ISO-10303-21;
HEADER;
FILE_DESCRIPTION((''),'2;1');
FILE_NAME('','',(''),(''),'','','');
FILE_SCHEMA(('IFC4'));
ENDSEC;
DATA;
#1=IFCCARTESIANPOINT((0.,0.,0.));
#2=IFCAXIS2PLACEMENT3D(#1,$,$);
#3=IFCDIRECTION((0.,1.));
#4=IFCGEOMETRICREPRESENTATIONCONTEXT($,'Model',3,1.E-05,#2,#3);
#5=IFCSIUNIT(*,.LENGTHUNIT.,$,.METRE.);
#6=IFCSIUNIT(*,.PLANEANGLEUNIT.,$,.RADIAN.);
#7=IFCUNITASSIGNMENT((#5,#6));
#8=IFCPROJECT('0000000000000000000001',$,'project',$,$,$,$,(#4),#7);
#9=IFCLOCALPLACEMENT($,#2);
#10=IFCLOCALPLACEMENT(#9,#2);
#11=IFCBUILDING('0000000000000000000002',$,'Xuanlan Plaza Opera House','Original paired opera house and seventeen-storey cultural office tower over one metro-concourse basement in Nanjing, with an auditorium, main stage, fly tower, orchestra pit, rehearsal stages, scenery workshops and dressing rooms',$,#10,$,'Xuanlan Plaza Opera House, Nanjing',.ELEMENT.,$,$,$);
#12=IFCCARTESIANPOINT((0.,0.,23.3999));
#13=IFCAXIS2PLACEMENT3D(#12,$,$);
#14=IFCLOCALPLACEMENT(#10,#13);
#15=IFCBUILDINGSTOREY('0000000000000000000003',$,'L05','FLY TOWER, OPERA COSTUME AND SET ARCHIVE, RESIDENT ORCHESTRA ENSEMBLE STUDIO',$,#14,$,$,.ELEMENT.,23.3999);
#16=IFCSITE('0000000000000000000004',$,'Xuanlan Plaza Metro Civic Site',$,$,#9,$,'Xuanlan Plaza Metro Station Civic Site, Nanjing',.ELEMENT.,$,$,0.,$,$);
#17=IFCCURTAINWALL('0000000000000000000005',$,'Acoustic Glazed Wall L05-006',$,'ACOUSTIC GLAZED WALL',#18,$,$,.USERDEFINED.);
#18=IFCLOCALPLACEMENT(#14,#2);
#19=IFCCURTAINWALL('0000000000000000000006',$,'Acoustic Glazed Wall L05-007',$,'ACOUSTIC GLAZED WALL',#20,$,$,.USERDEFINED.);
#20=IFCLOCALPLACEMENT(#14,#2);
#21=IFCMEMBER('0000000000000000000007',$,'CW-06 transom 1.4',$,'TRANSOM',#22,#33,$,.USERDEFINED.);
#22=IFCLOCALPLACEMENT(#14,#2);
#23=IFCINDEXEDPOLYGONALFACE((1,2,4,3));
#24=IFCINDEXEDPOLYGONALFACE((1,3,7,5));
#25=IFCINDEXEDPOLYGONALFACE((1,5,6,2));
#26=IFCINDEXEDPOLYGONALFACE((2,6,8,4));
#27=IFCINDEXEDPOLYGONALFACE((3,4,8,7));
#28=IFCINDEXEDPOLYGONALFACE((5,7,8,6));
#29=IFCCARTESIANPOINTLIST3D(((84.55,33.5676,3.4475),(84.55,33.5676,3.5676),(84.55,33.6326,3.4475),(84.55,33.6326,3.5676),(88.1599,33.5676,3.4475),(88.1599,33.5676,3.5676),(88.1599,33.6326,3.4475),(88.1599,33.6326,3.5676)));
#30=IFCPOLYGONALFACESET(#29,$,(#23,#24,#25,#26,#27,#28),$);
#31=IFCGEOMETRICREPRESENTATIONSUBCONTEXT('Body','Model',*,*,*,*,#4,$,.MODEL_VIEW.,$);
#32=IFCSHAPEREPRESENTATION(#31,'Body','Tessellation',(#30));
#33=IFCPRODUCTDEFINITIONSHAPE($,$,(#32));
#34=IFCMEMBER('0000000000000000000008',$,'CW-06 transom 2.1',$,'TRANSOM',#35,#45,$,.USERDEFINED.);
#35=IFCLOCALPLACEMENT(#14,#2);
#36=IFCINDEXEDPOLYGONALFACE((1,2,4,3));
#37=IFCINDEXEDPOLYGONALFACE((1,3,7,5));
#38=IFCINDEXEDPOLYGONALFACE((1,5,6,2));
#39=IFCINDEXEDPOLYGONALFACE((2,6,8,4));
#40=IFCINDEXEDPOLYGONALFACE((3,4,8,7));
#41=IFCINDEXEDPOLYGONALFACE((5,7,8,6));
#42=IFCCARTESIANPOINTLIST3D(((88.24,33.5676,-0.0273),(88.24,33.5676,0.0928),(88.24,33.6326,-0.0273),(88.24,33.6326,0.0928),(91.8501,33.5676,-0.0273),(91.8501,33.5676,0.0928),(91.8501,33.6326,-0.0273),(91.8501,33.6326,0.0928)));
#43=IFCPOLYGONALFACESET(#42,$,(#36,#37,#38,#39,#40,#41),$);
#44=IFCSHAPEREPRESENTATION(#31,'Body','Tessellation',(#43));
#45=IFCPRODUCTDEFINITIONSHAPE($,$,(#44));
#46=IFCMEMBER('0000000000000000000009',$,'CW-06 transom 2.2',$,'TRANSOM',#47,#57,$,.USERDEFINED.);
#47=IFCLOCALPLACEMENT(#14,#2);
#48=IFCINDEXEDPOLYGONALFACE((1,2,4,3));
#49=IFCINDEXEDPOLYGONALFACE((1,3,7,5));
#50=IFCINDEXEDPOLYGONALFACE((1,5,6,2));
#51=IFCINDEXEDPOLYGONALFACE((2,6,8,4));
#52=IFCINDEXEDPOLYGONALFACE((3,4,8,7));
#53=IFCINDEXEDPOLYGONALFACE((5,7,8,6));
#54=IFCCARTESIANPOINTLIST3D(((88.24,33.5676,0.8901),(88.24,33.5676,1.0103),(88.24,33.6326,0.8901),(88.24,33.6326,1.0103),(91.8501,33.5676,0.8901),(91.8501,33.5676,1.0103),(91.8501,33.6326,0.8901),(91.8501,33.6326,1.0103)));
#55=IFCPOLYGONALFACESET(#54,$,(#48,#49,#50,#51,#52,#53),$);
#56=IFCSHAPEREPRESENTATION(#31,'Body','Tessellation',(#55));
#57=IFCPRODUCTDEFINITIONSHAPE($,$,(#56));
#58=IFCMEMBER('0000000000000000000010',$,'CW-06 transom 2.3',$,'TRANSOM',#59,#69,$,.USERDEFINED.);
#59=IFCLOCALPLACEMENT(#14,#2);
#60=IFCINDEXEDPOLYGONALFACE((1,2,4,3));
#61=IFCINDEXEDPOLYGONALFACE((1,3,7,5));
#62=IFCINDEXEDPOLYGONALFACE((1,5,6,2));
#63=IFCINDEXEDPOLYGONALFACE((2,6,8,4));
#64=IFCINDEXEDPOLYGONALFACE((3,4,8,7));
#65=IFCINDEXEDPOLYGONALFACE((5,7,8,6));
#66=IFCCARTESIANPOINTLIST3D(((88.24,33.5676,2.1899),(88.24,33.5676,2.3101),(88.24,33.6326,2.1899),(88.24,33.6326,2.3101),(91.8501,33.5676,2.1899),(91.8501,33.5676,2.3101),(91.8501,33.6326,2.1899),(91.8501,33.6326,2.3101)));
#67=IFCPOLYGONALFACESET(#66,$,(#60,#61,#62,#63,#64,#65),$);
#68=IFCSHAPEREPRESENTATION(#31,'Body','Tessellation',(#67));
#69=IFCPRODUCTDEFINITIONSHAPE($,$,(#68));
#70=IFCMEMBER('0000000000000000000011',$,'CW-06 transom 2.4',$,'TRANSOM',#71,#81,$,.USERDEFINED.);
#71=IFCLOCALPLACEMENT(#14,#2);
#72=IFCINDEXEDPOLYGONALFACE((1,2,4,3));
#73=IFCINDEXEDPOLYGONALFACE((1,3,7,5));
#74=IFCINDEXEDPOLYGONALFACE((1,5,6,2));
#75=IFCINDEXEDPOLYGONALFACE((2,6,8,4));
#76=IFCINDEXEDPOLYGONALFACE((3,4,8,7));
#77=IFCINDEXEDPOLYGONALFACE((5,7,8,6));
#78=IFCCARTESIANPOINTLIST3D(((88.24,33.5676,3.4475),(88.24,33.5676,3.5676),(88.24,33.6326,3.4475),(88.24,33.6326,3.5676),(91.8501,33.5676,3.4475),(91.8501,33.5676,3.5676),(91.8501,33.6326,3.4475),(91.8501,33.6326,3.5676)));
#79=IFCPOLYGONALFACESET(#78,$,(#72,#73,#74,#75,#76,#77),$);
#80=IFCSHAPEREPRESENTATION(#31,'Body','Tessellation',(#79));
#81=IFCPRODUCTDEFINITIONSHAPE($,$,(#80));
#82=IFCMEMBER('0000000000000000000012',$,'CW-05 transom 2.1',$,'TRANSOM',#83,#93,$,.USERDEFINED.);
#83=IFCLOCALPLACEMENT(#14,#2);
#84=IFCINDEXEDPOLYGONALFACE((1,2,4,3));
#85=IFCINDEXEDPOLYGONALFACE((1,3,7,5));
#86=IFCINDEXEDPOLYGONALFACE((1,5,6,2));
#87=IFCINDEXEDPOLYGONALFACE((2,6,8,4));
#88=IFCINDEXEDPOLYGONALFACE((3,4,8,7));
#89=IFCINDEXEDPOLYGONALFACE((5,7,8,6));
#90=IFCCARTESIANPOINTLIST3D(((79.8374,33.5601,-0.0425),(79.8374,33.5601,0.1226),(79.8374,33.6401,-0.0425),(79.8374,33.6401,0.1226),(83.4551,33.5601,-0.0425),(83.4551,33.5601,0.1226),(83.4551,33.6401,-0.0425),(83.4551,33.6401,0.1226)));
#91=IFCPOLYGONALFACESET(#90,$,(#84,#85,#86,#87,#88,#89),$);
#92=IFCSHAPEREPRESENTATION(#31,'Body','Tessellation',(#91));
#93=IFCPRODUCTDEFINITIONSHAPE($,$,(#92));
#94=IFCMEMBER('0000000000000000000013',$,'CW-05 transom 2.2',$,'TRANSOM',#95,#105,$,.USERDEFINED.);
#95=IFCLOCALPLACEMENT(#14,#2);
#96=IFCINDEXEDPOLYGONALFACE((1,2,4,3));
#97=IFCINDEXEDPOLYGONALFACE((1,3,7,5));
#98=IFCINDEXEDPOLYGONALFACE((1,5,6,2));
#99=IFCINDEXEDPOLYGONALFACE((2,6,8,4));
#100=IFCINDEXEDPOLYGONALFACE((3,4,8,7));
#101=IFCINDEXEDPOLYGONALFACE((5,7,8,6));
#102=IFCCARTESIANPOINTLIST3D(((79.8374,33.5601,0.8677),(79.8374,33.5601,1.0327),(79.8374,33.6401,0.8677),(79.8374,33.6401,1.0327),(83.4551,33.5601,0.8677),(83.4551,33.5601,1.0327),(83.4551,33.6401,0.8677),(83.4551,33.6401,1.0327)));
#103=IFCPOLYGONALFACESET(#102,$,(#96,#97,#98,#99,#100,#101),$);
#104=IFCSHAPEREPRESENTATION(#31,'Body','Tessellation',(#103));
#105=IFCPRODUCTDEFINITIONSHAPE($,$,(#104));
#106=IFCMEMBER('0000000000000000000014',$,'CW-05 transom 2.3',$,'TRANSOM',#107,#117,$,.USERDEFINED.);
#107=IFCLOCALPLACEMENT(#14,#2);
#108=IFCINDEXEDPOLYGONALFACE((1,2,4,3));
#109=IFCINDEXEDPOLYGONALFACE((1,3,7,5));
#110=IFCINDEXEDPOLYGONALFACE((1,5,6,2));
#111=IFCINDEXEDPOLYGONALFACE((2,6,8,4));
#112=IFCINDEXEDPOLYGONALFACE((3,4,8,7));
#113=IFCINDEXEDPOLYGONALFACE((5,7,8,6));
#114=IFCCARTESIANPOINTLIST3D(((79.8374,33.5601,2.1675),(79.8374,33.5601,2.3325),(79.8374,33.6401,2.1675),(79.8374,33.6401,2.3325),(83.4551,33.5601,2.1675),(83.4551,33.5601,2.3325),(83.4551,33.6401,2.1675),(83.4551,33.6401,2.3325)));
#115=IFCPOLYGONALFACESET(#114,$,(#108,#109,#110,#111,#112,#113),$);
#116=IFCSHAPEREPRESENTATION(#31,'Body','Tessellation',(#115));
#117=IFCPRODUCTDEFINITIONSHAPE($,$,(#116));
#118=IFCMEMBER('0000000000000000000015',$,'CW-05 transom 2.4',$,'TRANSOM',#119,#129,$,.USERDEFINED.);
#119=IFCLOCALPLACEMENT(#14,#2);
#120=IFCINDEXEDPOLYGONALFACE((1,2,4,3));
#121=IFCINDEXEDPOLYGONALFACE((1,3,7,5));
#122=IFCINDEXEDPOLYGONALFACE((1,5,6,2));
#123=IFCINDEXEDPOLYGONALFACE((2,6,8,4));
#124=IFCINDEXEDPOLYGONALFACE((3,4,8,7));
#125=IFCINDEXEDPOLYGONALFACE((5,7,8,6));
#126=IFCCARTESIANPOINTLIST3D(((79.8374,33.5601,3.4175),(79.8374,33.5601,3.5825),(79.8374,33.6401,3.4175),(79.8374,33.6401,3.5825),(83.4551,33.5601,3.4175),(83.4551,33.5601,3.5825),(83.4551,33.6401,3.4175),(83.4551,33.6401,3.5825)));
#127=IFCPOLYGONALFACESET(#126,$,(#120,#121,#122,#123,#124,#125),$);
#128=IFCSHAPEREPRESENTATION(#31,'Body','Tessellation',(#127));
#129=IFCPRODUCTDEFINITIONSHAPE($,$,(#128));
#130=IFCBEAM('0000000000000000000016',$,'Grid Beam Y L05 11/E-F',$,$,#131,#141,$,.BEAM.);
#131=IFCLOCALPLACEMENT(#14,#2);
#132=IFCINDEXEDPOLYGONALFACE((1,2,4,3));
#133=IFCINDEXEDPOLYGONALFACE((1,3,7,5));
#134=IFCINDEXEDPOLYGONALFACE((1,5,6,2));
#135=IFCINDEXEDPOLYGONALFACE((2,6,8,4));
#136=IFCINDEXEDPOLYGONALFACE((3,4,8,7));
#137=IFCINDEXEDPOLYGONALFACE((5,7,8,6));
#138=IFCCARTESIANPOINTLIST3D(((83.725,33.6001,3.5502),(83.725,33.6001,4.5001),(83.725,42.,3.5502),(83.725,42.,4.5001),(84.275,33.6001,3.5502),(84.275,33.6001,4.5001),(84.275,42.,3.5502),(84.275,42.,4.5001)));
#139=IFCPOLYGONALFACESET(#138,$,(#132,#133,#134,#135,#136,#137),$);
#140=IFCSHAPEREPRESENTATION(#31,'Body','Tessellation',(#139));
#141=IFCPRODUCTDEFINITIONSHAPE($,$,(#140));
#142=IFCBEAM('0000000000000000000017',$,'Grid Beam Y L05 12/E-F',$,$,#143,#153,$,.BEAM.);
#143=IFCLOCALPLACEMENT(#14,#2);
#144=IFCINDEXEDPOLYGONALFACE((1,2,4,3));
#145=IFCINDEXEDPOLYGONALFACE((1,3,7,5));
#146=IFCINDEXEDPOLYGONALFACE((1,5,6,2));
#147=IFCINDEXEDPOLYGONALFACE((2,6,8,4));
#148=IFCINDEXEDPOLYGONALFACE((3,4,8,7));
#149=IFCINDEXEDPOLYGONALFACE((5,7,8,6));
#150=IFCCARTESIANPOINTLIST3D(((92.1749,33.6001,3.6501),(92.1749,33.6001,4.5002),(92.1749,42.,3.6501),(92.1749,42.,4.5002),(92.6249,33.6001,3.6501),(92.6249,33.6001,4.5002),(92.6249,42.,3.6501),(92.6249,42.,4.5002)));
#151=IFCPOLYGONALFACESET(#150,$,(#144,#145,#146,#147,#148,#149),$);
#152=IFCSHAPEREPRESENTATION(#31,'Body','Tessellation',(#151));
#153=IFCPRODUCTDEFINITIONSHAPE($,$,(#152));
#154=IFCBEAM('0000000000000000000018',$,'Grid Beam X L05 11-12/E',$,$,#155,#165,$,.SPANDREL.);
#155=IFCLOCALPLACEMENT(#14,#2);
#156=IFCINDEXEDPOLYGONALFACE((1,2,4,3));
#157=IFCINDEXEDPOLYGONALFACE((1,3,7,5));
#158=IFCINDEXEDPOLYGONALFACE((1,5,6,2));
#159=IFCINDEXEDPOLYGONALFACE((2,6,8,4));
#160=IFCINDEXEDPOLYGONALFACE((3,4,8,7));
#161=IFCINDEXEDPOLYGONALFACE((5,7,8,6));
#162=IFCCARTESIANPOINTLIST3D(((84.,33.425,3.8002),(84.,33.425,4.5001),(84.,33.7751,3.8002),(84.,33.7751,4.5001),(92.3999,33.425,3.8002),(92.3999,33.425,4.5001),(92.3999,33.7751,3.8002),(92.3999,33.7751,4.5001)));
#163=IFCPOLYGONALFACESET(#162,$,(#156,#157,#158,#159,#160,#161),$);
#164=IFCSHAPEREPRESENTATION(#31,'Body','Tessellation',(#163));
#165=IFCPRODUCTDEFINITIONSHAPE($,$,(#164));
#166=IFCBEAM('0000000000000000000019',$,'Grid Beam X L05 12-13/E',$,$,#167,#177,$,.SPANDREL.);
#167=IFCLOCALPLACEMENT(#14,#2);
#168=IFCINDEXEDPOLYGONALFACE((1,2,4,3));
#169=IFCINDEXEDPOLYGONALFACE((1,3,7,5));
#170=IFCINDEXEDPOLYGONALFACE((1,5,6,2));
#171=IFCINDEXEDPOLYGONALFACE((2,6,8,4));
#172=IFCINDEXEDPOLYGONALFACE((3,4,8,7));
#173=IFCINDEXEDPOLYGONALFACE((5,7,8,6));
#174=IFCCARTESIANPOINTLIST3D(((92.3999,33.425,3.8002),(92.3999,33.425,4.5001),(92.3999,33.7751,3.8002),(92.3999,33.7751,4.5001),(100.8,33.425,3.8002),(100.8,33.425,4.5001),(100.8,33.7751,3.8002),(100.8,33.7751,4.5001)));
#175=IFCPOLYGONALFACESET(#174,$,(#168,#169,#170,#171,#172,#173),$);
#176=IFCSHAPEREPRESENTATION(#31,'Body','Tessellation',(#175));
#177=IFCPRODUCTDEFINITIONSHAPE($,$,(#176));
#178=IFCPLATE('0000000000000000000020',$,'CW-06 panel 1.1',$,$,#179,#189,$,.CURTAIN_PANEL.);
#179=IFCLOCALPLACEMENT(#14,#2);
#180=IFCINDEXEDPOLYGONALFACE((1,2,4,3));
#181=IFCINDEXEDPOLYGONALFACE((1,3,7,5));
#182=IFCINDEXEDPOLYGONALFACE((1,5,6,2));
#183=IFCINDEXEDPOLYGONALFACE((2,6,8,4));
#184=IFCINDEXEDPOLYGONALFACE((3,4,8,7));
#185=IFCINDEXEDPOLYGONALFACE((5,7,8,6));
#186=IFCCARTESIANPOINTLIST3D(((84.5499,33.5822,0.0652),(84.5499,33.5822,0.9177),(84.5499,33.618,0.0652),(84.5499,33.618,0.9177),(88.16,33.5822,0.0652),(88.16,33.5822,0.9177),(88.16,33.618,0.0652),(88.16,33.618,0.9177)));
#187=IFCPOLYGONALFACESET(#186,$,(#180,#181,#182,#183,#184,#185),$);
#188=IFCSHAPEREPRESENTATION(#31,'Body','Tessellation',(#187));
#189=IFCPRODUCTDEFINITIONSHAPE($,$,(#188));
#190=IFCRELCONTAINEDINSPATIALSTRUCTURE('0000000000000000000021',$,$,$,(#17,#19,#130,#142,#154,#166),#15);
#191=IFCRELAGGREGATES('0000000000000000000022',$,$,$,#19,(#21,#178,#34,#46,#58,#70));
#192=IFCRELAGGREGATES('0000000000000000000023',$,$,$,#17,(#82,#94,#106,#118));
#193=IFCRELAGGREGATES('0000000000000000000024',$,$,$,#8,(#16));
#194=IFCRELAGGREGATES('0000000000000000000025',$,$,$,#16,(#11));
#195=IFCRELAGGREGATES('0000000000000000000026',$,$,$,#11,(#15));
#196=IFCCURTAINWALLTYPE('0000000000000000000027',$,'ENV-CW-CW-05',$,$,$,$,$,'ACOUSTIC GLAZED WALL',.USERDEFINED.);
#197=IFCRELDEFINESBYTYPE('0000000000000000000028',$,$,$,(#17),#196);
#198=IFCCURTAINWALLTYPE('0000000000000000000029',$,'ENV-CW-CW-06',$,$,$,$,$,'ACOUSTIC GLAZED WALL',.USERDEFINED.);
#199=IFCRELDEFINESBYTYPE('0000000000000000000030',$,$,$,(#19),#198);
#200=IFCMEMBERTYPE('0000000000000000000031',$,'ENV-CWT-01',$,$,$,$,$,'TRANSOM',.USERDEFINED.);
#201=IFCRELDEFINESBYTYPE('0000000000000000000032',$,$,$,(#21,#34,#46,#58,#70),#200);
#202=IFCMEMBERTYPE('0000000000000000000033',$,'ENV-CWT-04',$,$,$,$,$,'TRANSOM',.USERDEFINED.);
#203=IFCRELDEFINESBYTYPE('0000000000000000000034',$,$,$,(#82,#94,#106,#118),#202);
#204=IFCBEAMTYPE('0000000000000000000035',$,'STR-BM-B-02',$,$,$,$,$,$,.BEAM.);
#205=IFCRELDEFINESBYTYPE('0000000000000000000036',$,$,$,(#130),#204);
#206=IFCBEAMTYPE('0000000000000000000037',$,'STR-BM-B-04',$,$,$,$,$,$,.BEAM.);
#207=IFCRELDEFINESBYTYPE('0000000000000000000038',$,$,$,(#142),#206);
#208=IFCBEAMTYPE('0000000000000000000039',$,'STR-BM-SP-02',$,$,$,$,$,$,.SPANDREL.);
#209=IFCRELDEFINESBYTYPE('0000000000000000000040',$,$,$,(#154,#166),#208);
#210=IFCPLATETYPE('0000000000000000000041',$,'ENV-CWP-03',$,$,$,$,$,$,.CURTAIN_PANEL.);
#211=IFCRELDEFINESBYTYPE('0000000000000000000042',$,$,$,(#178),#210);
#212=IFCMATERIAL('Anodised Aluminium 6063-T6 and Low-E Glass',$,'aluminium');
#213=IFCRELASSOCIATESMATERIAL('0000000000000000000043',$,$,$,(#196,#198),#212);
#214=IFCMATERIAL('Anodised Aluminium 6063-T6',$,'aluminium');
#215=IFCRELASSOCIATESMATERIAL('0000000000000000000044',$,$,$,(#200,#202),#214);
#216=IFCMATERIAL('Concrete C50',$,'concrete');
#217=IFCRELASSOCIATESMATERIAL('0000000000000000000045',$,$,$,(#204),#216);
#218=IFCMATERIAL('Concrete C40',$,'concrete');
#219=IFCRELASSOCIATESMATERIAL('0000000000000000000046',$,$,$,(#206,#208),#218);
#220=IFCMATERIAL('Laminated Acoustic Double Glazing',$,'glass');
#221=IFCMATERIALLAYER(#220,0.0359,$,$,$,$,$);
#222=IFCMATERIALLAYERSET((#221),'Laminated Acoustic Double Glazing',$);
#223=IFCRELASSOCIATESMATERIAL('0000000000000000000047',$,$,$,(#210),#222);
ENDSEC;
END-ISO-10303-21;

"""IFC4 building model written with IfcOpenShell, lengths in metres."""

from ifc_helpers import new_model, si_unit, direction, frame, origin, origin_2d, place, context, subcontext, project, spatial, rectangle, extrude, material, layer, layer_set, material_profile, profile_set, type_object, element, aggregate, save


model = new_model("IFC4")

# Units and contexts
model_context = context("Model", 3, precision=1e-05, world=origin(), true_north=direction((0.0, 1.0)))
body_context = subcontext(model_context, "Body", "Model", "MODEL_VIEW")
ifc_project = project(units=[si_unit("LENGTHUNIT", "METRE"), si_unit("PLANEANGLEUNIT", "RADIAN")], contexts=[model_context])

# Site, building, storey
site_placement = place(None, origin())
site = spatial("IfcSite", under=ifc_project, at=site_placement, Name="Xuanlan Plaza Metro Civic Site", LongName="Xuanlan Plaza Metro Station Civic Site, Nanjing", CompositionType="ELEMENT", RefElevation=0.0)
building_placement = place(site_placement, origin())
building = spatial("IfcBuilding", under=site, at=building_placement, Name="Xuanlan Plaza Opera House", Description="Original paired opera house and seventeen-storey cultural office tower over one metro-concourse basement in Nanjing, with an auditorium, main stage, fly tower, orchestra pit, rehearsal stages, scenery workshops and dressing rooms", LongName="Xuanlan Plaza Opera House, Nanjing", CompositionType="ELEMENT")
storey_placement = place(building_placement, frame((0.0, 0.0, 23.3999)))
storey = spatial("IfcBuildingStorey", under=building, at=storey_placement, Name="L05", Description="FLY TOWER, OPERA COSTUME AND SET ARCHIVE, RESIDENT ORCHESTRA ENSEMBLE STUDIO", CompositionType="ELEMENT", Elevation=23.3999)

# Shared definitions
ifc_material_1 = material(Name="Concrete C50", Category="concrete")
ifc_material_2 = material(Name="Concrete C40", Category="concrete")

# Curtain walls
ifc_material_3 = material(Name="Anodised Aluminium 6063-T6 and Low-E Glass", Category="aluminium")
curtain_wall_type_1 = type_object("IfcCurtainWallType", Name="ENV-CW-CW-05", ElementType="ACOUSTIC GLAZED WALL", PredefinedType="USERDEFINED", material=ifc_material_3)
curtain_wall_1_placement = place(storey_placement, origin())
curtain_wall_1 = element("IfcCurtainWall", 1, at=curtain_wall_1_placement, inside=storey, type_object=curtain_wall_type_1, Name="Acoustic Glazed Wall L05-006", ObjectType="ACOUSTIC GLAZED WALL", PredefinedType="USERDEFINED")
ifc_material_4 = material(Name="Anodised Aluminium 6063-T6", Category="aluminium")
curtain_wall_type_2 = type_object("IfcCurtainWallType", Name="ENV-CW-CW-06", ElementType="ACOUSTIC GLAZED WALL", PredefinedType="USERDEFINED", material=ifc_material_3)
curtain_wall_2_placement = place(storey_placement, origin())
curtain_wall_2 = element("IfcCurtainWall", 2, at=curtain_wall_2_placement, inside=storey, type_object=curtain_wall_type_2, Name="Acoustic Glazed Wall L05-007", ObjectType="ACOUSTIC GLAZED WALL", PredefinedType="USERDEFINED")

# Members
ifc_material_profile_1 = material_profile(ifc_material_4, rectangle(XDim=0.0649, YDim=0.1201, at=origin_2d()), Name="ALU-T 65x120")
ifc_profile_set_1 = profile_set([ifc_material_profile_1], Name="Anodised Aluminium 6063-T6")
member_type_1 = type_object("IfcMemberType", Name="ENV-CWT-01", ElementType="TRANSOM", PredefinedType="USERDEFINED", material=ifc_profile_set_1)
member_1_placement = place(storey_placement, frame((84.55, 33.6001, 3.5076), z_axis=(1.0, 0.0, 0.0), x_axis=(0.0, 1.0, 0.0)))
member_1 = element("IfcMember", 3, at=member_1_placement, type_object=member_type_1, Name="CW-06 transom 1.4", ObjectType="TRANSOM", PredefinedType="USERDEFINED", context=body_context, shape_type="SweptSolid", body=[
    extrude(rectangle(XDim=0.0649, YDim=0.1201, at=origin_2d()), origin(), (0.0, 0.0, 1.0), 3.6099),
])
member_2_placement = place(storey_placement, frame((88.24, 33.6001, 0.0327), z_axis=(1.0, 0.0, 0.0), x_axis=(0.0, 1.0, 0.0)))
member_2 = element("IfcMember", 4, at=member_2_placement, type_object=member_type_1, Name="CW-06 transom 2.1", ObjectType="TRANSOM", PredefinedType="USERDEFINED", context=body_context, shape_type="SweptSolid", body=[
    extrude(rectangle(XDim=0.0649, YDim=0.1201, at=origin_2d()), origin(), (0.0, 0.0, 1.0), 3.6101),
])
member_3_placement = place(storey_placement, frame((88.24, 33.6001, 0.9502), z_axis=(1.0, 0.0, 0.0), x_axis=(0.0, 1.0, 0.0)))
member_3 = element("IfcMember", 5, at=member_3_placement, type_object=member_type_1, Name="CW-06 transom 2.2", ObjectType="TRANSOM", PredefinedType="USERDEFINED", context=body_context, shape_type="SweptSolid", body=[
    extrude(rectangle(XDim=0.0649, YDim=0.1201, at=origin_2d()), origin(), (0.0, 0.0, 1.0), 3.6101),
])
member_4_placement = place(storey_placement, frame((88.24, 33.6001, 2.25), z_axis=(1.0, 0.0, 0.0), x_axis=(0.0, 1.0, 0.0)))
member_4 = element("IfcMember", 6, at=member_4_placement, type_object=member_type_1, Name="CW-06 transom 2.3", ObjectType="TRANSOM", PredefinedType="USERDEFINED", context=body_context, shape_type="SweptSolid", body=[
    extrude(rectangle(XDim=0.0649, YDim=0.1201, at=origin_2d()), origin(), (0.0, 0.0, 1.0), 3.6101),
])
member_5_placement = place(storey_placement, frame((88.24, 33.6001, 3.5076), z_axis=(1.0, 0.0, 0.0), x_axis=(0.0, 1.0, 0.0)))
member_5 = element("IfcMember", 7, at=member_5_placement, type_object=member_type_1, Name="CW-06 transom 2.4", ObjectType="TRANSOM", PredefinedType="USERDEFINED", context=body_context, shape_type="SweptSolid", body=[
    extrude(rectangle(XDim=0.0649, YDim=0.1201, at=origin_2d()), origin(), (0.0, 0.0, 1.0), 3.6101),
])
ifc_material_profile_2 = material_profile(ifc_material_4, rectangle(XDim=0.0801, YDim=0.165, at=origin_2d()), Name="ALU-T 80x165")
ifc_profile_set_2 = profile_set([ifc_material_profile_2], Name="Anodised Aluminium 6063-T6")
member_type_2 = type_object("IfcMemberType", Name="ENV-CWT-04", ElementType="TRANSOM", PredefinedType="USERDEFINED", material=ifc_profile_set_2)
member_6_placement = place(storey_placement, frame((79.8374, 33.6001, 0.04), z_axis=(1.0, 0.0, 0.0), x_axis=(0.0, 1.0, 0.0)))
member_6 = element("IfcMember", 8, at=member_6_placement, type_object=member_type_2, Name="CW-05 transom 2.1", ObjectType="TRANSOM", PredefinedType="USERDEFINED", context=body_context, shape_type="SweptSolid", body=[
    extrude(rectangle(XDim=0.0801, YDim=0.165, at=origin_2d()), origin(), (0.0, 0.0, 1.0), 3.6177),
])
member_7_placement = place(storey_placement, frame((79.8374, 33.6001, 0.9502), z_axis=(1.0, 0.0, 0.0), x_axis=(0.0, 1.0, 0.0)))
member_7 = element("IfcMember", 9, at=member_7_placement, type_object=member_type_2, Name="CW-05 transom 2.2", ObjectType="TRANSOM", PredefinedType="USERDEFINED", context=body_context, shape_type="SweptSolid", body=[
    extrude(rectangle(XDim=0.0801, YDim=0.165, at=origin_2d()), origin(), (0.0, 0.0, 1.0), 3.6177),
])
member_8_placement = place(storey_placement, frame((79.8374, 33.6001, 2.25), z_axis=(1.0, 0.0, 0.0), x_axis=(0.0, 1.0, 0.0)))
member_8 = element("IfcMember", 10, at=member_8_placement, type_object=member_type_2, Name="CW-05 transom 2.3", ObjectType="TRANSOM", PredefinedType="USERDEFINED", context=body_context, shape_type="SweptSolid", body=[
    extrude(rectangle(XDim=0.0801, YDim=0.165, at=origin_2d()), origin(), (0.0, 0.0, 1.0), 3.6177),
])
member_9_placement = place(storey_placement, frame((79.8374, 33.6001, 3.5), z_axis=(1.0, 0.0, 0.0), x_axis=(0.0, 1.0, 0.0)))
member_9 = element("IfcMember", 11, at=member_9_placement, type_object=member_type_2, Name="CW-05 transom 2.4", ObjectType="TRANSOM", PredefinedType="USERDEFINED", context=body_context, shape_type="SweptSolid", body=[
    extrude(rectangle(XDim=0.0801, YDim=0.165, at=origin_2d()), origin(), (0.0, 0.0, 1.0), 3.6177),
])

# Beams
ifc_material_profile_3 = material_profile(ifc_material_1, rectangle(XDim=0.55, YDim=0.95, at=origin_2d()), Name="RC-BM 550x950")
ifc_profile_set_3 = profile_set([ifc_material_profile_3], Name="Concrete C50")
beam_type_1 = type_object("IfcBeamType", Name="STR-BM-B-02", PredefinedType="BEAM", material=ifc_profile_set_3)
beam_1_placement = place(storey_placement, frame((84.0, 33.6001, 4.0251), z_axis=(0.0, 1.0, 0.0), x_axis=(-1.0, 0.0, 0.0)))
element("IfcBeam", 12, at=beam_1_placement, inside=storey, type_object=beam_type_1, Name="Grid Beam Y L05 11/E-F", PredefinedType="BEAM", context=body_context, shape_type="SweptSolid", body=[
    extrude(rectangle(XDim=0.55, YDim=0.95, at=origin_2d()), origin(), (0.0, 0.0, 1.0), 8.3999),
])
ifc_material_profile_4 = material_profile(ifc_material_2, rectangle(XDim=0.45, YDim=0.8501, at=origin_2d()), Name="RC-BM 450x850")
ifc_profile_set_4 = profile_set([ifc_material_profile_4], Name="Concrete C40")
beam_type_2 = type_object("IfcBeamType", Name="STR-BM-B-04", PredefinedType="BEAM", material=ifc_profile_set_4)
beam_2_placement = place(storey_placement, frame((92.3999, 33.6001, 4.0752), z_axis=(0.0, 1.0, 0.0), x_axis=(-1.0, 0.0, 0.0)))
element("IfcBeam", 13, at=beam_2_placement, inside=storey, type_object=beam_type_2, Name="Grid Beam Y L05 12/E-F", PredefinedType="BEAM", context=body_context, shape_type="SweptSolid", body=[
    extrude(rectangle(XDim=0.45, YDim=0.8501, at=origin_2d()), origin(), (0.0, 0.0, 1.0), 8.3999),
])
ifc_material_profile_5 = material_profile(ifc_material_2, rectangle(XDim=0.3501, YDim=0.7, at=origin_2d()), Name="RC-SPD 350x700")
ifc_profile_set_5 = profile_set([ifc_material_profile_5], Name="Concrete C40")
beam_type_3 = type_object("IfcBeamType", Name="STR-BM-SP-02", PredefinedType="SPANDREL", material=ifc_profile_set_5)
beam_3_placement = place(storey_placement, frame((84.0, 33.6001, 4.1501), z_axis=(1.0, 0.0, 0.0), x_axis=(0.0, 1.0, 0.0)))
element("IfcBeam", 14, at=beam_3_placement, inside=storey, type_object=beam_type_3, Name="Grid Beam X L05 11-12/E", PredefinedType="SPANDREL", context=body_context, shape_type="SweptSolid", body=[
    extrude(rectangle(XDim=0.3501, YDim=0.7, at=origin_2d()), origin(), (0.0, 0.0, 1.0), 8.3999),
])
beam_4_placement = place(storey_placement, frame((92.3999, 33.6001, 4.1501), z_axis=(1.0, 0.0, 0.0), x_axis=(0.0, 1.0, 0.0)))
element("IfcBeam", 15, at=beam_4_placement, inside=storey, type_object=beam_type_3, Name="Grid Beam X L05 12-13/E", PredefinedType="SPANDREL", context=body_context, shape_type="SweptSolid", body=[
    extrude(rectangle(XDim=0.3501, YDim=0.7, at=origin_2d()), origin(), (0.0, 0.0, 1.0), 8.4001),
])

# Plate
ifc_material_5 = material(Name="Laminated Acoustic Double Glazing", Category="glass")
ifc_layer_1 = layer(ifc_material_5, 0.0359)
ifc_layer_set_1 = layer_set([ifc_layer_1], Name="Laminated Acoustic Double Glazing")
plate_type_1 = type_object("IfcPlateType", Name="ENV-CWP-03", PredefinedType="CURTAIN_PANEL", material=ifc_layer_set_1)
plate_1_placement = place(storey_placement, frame((86.355, 33.6001, 0.0652), z_axis=(0.0, 0.0, 1.0), x_axis=(1.0, 0.0, 0.0)))
plate_1 = element("IfcPlate", 16, at=plate_1_placement, type_object=plate_type_1, Name="CW-06 panel 1.1", PredefinedType="CURTAIN_PANEL", context=body_context, shape_type="SweptSolid", body=[
    extrude(rectangle(XDim=3.6101, YDim=0.0359, at=origin_2d()), origin(), (0.0, 0.0, 1.0), 0.8525),
])
aggregate(curtain_wall_2, [member_1, plate_1, member_2, member_3, member_4, member_5])
aggregate(curtain_wall_1, [member_6, member_7, member_8, member_9])

save(model, "model.ifc")
